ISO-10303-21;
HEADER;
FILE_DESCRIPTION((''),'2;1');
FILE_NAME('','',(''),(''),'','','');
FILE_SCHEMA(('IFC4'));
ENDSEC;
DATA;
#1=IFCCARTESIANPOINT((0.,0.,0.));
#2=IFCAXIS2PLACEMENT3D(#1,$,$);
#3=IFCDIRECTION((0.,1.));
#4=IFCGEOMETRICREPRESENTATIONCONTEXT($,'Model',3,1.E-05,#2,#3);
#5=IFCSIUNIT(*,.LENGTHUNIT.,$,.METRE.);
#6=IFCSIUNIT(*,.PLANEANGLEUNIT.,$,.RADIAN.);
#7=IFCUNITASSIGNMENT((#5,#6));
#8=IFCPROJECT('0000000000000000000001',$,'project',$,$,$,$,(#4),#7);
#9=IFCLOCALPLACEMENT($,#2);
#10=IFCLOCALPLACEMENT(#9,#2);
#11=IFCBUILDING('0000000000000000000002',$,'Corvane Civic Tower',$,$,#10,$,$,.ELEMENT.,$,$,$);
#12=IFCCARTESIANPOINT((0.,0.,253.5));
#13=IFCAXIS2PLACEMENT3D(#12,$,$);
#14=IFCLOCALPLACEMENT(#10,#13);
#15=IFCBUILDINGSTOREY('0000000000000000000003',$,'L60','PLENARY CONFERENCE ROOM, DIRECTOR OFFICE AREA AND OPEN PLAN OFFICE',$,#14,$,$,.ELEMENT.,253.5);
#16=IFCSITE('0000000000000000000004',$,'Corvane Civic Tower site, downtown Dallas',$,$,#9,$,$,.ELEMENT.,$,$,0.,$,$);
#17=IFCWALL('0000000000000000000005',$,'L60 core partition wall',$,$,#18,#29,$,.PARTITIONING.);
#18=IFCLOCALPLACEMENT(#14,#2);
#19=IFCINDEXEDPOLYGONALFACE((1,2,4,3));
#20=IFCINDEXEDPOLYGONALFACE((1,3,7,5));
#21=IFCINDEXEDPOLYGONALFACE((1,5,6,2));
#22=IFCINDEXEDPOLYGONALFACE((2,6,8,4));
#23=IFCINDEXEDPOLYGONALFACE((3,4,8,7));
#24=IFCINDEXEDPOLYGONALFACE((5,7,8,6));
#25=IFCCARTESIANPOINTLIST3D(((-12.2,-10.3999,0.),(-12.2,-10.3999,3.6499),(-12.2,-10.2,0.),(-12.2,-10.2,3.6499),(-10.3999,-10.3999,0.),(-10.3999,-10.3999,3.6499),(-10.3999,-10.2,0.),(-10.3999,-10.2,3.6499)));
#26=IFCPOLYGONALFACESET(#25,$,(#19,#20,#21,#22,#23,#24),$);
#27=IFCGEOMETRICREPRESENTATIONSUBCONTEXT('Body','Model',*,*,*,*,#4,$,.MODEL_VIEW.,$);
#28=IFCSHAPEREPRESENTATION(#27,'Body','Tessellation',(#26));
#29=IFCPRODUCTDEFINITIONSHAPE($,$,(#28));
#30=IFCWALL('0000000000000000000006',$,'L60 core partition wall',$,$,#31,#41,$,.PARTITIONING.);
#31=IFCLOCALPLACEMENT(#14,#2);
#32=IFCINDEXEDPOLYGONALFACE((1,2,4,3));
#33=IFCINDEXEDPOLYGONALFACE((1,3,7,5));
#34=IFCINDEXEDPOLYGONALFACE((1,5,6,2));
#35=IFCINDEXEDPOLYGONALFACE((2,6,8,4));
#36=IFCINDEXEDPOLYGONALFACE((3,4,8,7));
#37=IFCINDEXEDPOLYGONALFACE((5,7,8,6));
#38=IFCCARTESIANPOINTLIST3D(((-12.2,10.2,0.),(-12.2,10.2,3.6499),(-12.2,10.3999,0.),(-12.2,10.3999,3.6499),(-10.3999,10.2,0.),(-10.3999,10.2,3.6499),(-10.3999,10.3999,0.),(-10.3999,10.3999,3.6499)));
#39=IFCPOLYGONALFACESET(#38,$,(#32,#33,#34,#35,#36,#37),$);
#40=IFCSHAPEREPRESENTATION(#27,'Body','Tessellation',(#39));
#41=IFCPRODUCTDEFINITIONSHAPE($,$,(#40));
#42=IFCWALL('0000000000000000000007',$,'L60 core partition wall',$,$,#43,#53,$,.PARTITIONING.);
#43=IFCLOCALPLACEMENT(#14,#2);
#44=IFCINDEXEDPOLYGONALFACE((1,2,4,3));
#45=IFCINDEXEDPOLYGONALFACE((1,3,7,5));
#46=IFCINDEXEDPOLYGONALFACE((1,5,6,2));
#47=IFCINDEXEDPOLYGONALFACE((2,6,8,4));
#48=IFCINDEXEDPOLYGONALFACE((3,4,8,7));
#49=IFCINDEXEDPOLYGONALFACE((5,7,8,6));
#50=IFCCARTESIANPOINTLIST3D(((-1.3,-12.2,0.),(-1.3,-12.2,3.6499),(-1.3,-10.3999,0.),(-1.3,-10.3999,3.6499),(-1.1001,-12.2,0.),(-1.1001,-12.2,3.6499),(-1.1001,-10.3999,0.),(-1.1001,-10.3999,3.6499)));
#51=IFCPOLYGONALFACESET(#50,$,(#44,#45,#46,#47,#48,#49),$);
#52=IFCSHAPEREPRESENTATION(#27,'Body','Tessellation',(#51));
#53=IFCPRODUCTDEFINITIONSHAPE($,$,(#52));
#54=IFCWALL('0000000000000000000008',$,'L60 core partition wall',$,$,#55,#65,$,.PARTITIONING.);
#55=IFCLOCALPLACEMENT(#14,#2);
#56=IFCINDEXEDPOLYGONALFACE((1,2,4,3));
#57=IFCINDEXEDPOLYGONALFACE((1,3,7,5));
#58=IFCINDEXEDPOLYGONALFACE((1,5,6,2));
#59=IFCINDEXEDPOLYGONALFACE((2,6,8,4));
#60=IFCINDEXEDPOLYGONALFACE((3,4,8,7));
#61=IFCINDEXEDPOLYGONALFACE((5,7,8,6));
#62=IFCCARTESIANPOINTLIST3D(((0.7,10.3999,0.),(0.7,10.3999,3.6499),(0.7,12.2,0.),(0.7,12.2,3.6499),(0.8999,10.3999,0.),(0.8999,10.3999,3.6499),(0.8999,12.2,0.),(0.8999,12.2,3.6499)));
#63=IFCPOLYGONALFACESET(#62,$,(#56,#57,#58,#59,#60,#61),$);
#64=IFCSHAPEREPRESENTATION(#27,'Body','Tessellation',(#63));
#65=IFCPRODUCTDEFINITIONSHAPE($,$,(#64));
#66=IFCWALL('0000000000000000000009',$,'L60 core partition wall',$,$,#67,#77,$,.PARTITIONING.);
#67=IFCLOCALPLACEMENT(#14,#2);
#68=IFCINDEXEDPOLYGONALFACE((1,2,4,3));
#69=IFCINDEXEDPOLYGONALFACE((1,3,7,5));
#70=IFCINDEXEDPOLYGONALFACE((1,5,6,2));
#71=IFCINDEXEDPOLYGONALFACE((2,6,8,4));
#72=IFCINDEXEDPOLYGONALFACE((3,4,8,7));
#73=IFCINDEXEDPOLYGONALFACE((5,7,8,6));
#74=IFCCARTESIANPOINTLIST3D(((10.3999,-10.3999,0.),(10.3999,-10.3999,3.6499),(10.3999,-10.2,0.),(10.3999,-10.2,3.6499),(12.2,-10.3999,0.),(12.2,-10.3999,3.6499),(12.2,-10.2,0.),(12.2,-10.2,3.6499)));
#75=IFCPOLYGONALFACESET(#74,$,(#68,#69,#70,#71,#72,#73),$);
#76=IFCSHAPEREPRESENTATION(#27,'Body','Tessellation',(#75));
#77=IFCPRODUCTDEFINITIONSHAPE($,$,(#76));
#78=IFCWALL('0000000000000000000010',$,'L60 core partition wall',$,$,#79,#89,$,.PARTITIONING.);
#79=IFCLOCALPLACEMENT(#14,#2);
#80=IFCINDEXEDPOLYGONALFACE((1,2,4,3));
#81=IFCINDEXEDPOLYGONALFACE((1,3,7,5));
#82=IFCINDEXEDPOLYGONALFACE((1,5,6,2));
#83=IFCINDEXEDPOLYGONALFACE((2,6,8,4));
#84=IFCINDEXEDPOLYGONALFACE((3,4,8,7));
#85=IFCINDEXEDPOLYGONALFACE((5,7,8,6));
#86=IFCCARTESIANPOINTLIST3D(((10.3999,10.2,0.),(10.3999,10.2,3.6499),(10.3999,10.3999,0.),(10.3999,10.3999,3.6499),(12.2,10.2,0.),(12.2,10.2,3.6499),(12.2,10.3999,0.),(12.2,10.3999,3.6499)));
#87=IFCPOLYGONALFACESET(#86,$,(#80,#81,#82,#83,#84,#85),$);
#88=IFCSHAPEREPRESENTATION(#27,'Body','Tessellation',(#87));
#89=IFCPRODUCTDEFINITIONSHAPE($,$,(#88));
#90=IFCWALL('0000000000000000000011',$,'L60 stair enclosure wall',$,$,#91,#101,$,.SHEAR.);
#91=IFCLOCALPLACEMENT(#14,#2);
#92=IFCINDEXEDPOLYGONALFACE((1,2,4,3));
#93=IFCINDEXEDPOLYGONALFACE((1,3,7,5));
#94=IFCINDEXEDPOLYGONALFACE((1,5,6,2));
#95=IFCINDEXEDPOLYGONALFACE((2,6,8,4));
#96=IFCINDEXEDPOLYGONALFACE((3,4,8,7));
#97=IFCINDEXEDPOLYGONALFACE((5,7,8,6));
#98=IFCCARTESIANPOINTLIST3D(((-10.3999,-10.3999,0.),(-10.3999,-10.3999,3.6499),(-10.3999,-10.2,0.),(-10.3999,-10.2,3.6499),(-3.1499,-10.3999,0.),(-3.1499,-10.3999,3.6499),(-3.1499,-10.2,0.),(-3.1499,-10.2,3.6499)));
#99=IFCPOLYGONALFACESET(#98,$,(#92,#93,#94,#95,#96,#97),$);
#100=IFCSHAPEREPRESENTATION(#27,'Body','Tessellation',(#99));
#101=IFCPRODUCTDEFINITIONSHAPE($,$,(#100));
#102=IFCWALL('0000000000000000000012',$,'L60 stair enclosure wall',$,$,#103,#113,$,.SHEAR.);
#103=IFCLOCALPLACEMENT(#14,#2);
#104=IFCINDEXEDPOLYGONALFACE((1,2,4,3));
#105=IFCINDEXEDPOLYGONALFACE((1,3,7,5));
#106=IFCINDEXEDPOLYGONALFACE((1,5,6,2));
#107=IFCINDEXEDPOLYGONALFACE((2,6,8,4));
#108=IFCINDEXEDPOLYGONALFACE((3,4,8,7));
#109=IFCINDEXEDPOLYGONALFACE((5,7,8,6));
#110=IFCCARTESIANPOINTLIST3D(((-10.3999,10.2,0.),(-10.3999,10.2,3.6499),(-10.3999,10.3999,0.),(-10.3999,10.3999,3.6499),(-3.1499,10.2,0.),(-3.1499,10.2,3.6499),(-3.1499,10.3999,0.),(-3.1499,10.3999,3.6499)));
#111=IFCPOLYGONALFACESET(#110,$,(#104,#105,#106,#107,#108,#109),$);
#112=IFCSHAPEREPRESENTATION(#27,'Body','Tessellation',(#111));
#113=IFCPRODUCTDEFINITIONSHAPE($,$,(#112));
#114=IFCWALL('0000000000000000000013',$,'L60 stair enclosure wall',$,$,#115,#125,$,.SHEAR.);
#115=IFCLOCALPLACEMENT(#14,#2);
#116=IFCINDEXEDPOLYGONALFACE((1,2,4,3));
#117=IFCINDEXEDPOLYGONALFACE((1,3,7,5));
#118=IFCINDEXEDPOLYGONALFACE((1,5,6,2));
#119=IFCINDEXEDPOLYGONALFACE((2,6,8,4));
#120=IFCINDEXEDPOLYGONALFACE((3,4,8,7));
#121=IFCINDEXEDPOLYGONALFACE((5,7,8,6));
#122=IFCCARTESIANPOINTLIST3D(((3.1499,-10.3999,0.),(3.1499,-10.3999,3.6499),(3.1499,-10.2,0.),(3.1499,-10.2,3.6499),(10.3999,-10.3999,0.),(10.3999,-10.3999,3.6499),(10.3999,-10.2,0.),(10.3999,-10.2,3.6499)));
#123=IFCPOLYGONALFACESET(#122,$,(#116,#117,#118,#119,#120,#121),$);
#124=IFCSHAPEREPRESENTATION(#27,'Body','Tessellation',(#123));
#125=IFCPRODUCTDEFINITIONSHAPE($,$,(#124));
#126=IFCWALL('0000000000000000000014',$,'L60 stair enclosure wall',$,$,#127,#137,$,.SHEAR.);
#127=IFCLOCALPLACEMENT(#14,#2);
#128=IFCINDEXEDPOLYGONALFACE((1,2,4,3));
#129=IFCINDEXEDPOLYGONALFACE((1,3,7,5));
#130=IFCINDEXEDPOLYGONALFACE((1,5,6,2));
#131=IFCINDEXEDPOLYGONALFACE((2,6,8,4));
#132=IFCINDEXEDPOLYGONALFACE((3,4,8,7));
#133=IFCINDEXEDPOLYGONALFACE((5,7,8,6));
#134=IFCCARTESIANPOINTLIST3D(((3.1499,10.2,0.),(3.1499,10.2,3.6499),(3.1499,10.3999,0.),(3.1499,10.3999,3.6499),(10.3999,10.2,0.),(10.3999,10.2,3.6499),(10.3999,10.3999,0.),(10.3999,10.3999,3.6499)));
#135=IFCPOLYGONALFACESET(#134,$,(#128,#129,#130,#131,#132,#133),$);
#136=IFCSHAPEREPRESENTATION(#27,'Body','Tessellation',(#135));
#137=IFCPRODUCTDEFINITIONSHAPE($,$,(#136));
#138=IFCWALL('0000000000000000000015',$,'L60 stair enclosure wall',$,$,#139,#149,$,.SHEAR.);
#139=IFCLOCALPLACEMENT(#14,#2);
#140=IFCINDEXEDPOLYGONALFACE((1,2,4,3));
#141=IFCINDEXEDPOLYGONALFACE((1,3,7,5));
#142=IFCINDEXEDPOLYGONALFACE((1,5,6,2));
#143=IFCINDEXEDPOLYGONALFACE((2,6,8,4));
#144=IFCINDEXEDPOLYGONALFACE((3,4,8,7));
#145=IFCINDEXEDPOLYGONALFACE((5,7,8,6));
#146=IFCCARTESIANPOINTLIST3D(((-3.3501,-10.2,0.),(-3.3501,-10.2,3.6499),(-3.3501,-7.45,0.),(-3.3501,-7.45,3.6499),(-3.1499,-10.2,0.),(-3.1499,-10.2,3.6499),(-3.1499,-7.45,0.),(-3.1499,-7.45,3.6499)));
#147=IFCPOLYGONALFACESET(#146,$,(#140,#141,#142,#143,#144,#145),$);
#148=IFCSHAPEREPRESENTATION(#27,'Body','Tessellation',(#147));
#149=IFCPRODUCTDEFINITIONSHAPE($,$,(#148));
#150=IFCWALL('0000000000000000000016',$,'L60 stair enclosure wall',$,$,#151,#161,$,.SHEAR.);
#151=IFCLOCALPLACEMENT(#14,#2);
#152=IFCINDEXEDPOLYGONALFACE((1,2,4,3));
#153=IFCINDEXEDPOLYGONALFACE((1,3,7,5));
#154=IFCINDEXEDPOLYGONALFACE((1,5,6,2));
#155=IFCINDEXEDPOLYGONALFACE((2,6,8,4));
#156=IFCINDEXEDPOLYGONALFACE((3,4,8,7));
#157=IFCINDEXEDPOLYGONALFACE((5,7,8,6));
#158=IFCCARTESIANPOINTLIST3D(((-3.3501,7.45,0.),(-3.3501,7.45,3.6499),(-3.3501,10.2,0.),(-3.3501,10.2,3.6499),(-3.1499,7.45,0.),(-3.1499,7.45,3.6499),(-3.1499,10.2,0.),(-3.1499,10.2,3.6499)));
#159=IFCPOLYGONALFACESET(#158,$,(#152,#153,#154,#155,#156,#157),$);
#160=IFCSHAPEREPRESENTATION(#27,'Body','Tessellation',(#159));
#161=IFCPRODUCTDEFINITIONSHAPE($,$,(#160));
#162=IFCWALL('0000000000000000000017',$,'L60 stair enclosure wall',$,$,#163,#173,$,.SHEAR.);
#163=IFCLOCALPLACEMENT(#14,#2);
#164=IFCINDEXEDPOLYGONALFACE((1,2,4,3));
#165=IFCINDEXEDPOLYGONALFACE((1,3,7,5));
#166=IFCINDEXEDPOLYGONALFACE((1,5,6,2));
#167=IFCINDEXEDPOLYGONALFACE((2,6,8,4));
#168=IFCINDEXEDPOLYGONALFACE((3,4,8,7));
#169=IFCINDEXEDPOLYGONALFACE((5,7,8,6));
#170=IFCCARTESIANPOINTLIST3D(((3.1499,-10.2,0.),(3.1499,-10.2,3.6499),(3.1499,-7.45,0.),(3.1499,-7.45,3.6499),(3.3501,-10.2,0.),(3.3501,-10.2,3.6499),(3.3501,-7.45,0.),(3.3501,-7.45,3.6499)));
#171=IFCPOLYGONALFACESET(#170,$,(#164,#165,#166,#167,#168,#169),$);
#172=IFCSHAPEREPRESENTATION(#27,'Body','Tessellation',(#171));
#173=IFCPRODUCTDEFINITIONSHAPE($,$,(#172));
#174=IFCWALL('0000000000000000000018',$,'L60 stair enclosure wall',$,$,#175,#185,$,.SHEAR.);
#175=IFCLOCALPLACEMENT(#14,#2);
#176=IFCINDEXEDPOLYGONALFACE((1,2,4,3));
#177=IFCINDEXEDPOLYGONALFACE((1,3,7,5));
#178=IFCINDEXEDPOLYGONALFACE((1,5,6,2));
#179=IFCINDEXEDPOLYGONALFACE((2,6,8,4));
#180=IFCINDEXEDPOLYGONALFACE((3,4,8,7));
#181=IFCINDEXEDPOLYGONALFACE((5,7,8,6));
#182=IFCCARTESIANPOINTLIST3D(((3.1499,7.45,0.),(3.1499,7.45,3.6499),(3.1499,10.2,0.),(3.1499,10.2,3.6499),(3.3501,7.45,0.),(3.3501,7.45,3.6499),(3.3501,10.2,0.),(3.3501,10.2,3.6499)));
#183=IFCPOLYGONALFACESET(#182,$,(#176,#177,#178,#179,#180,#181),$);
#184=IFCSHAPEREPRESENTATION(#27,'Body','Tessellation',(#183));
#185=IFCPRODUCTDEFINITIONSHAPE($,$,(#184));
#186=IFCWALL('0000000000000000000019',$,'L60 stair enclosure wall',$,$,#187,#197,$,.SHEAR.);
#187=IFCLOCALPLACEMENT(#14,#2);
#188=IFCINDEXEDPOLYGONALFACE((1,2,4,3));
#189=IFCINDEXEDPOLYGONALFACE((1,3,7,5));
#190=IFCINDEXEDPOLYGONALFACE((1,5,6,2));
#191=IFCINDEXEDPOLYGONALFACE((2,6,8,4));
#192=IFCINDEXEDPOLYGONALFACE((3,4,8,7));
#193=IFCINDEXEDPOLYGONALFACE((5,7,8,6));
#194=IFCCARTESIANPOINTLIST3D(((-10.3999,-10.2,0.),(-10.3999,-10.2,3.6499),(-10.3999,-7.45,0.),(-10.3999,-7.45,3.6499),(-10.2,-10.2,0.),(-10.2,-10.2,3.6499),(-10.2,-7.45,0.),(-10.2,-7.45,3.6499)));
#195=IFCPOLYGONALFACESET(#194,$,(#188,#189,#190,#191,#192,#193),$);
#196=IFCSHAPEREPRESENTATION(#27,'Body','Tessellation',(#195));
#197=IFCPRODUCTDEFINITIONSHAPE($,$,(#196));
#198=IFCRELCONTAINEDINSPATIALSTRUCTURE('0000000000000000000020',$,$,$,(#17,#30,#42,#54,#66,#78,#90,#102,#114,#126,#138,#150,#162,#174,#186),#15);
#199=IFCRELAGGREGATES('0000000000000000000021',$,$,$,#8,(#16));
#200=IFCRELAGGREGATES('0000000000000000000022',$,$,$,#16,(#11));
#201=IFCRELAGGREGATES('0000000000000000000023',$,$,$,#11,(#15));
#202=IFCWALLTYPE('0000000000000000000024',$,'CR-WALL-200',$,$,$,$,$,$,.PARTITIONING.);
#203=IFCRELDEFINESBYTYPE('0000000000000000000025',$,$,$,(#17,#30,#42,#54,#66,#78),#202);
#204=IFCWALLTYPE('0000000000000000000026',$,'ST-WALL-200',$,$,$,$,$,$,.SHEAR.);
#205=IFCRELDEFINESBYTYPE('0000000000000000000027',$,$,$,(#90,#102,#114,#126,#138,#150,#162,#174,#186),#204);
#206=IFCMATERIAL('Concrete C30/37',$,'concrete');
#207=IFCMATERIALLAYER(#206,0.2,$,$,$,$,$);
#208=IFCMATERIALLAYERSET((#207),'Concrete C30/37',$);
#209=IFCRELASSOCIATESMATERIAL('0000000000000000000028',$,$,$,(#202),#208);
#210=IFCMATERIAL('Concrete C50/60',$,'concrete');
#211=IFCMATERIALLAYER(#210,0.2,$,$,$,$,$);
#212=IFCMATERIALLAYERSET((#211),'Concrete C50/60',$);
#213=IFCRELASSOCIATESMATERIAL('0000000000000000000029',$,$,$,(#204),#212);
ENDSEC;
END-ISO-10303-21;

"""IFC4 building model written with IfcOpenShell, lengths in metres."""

from ifc_helpers import new_model, si_unit, direction, frame, origin, place, context, subcontext, project, spatial, polyline, outline, extrude, material, layer, layer_set, type_object, element, save


model = new_model("IFC4")

# Units and contexts
model_context = context("Model", 3, precision=1e-05, world=origin(), true_north=direction((0.0, 1.0)))
body_context = subcontext(model_context, "Body", "Model", "MODEL_VIEW")
ifc_project = project(units=[si_unit("LENGTHUNIT", "METRE"), si_unit("PLANEANGLEUNIT", "RADIAN")], contexts=[model_context])

# Site, building, storey
site_placement = place(None, origin())
site = spatial("IfcSite", under=ifc_project, at=site_placement, Name="Corvane Civic Tower site, downtown Dallas", CompositionType="ELEMENT", RefElevation=0.0)
building_placement = place(site_placement, origin())
building = spatial("IfcBuilding", under=site, at=building_placement, Name="Corvane Civic Tower", CompositionType="ELEMENT")
storey_placement = place(building_placement, frame((0.0, 0.0, 253.5)))
storey = spatial("IfcBuildingStorey", under=building, at=storey_placement, Name="L60", Description="PLENARY CONFERENCE ROOM, DIRECTOR OFFICE AREA AND OPEN PLAN OFFICE", CompositionType="ELEMENT", Elevation=253.5)

# Walls
ifc_material_1 = material(Name="Concrete C30/37", Category="concrete")
ifc_layer_1 = layer(ifc_material_1, 0.2)
ifc_layer_set_1 = layer_set([ifc_layer_1], Name="Concrete C30/37")
wall_type_1 = type_object("IfcWallType", Name="CR-WALL-200", PredefinedType="PARTITIONING", material=ifc_layer_set_1)
wall_1_placement = place(storey_placement, origin())
element("IfcWall", 1, at=wall_1_placement, inside=storey, type_object=wall_type_1, Name="L60 core partition wall", PredefinedType="PARTITIONING", context=body_context, shape_type="SweptSolid", body=[
    extrude(outline(polyline([(-10.3999, -10.3999), (-12.2, -10.3999), (-12.2, -10.2), (-10.3999, -10.2), (-10.3999, -10.3999)])), origin(), (0.0, 0.0, 1.0), 3.6499),
])
wall_2_placement = place(storey_placement, origin())
element("IfcWall", 2, at=wall_2_placement, inside=storey, type_object=wall_type_1, Name="L60 core partition wall", PredefinedType="PARTITIONING", context=body_context, shape_type="SweptSolid", body=[
    extrude(outline(polyline([(-12.2, 10.2), (-12.2, 10.3999), (-10.3999, 10.3999), (-10.3999, 10.2), (-12.2, 10.2)])), origin(), (0.0, 0.0, 1.0), 3.6499),
])
wall_3_placement = place(storey_placement, origin())
element("IfcWall", 3, at=wall_3_placement, inside=storey, type_object=wall_type_1, Name="L60 core partition wall", PredefinedType="PARTITIONING", context=body_context, shape_type="SweptSolid", body=[
    extrude(outline(polyline([(-1.1001, -12.2), (-1.3, -12.2), (-1.3, -10.3999), (-1.1001, -10.3999), (-1.1001, -12.2)])), origin(), (0.0, 0.0, 1.0), 3.6499),
])
wall_4_placement = place(storey_placement, origin())
element("IfcWall", 4, at=wall_4_placement, inside=storey, type_object=wall_type_1, Name="L60 core partition wall", PredefinedType="PARTITIONING", context=body_context, shape_type="SweptSolid", body=[
    extrude(outline(polyline([(0.8999, 12.2), (0.8999, 10.3999), (0.7, 10.3999), (0.7, 12.2), (0.8999, 12.2)])), origin(), (0.0, 0.0, 1.0), 3.6499),
])
wall_5_placement = place(storey_placement, origin())
element("IfcWall", 5, at=wall_5_placement, inside=storey, type_object=wall_type_1, Name="L60 core partition wall", PredefinedType="PARTITIONING", context=body_context, shape_type="SweptSolid", body=[
    extrude(outline(polyline([(10.3999, -10.3999), (10.3999, -10.2), (12.2, -10.2), (12.2, -10.3999), (10.3999, -10.3999)])), origin(), (0.0, 0.0, 1.0), 3.6499),
])
wall_6_placement = place(storey_placement, origin())
element("IfcWall", 6, at=wall_6_placement, inside=storey, type_object=wall_type_1, Name="L60 core partition wall", PredefinedType="PARTITIONING", context=body_context, shape_type="SweptSolid", body=[
    extrude(outline(polyline([(10.3999, 10.2), (10.3999, 10.3999), (12.2, 10.3999), (12.2, 10.2), (10.3999, 10.2)])), origin(), (0.0, 0.0, 1.0), 3.6499),
])
ifc_material_2 = material(Name="Concrete C50/60", Category="concrete")
ifc_layer_2 = layer(ifc_material_2, 0.2)
ifc_layer_set_2 = layer_set([ifc_layer_2], Name="Concrete C50/60")
wall_type_2 = type_object("IfcWallType", Name="ST-WALL-200", PredefinedType="SHEAR", material=ifc_layer_set_2)
wall_7_placement = place(storey_placement, origin())
element("IfcWall", 7, at=wall_7_placement, inside=storey, type_object=wall_type_2, Name="L60 stair enclosure wall", PredefinedType="SHEAR", context=body_context, shape_type="SweptSolid", body=[
    extrude(outline(polyline([(-3.1499, -10.2), (-3.1499, -10.3999), (-10.3999, -10.3999), (-10.3999, -10.2), (-3.1499, -10.2)])), origin(), (0.0, 0.0, 1.0), 3.6499),
])
wall_8_placement = place(storey_placement, origin())
element("IfcWall", 8, at=wall_8_placement, inside=storey, type_object=wall_type_2, Name="L60 stair enclosure wall", PredefinedType="SHEAR", context=body_context, shape_type="SweptSolid", body=[
    extrude(outline(polyline([(-3.1499, 10.2), (-10.3999, 10.2), (-10.3999, 10.3999), (-3.1499, 10.3999), (-3.1499, 10.2)])), origin(), (0.0, 0.0, 1.0), 3.6499),
])
wall_9_placement = place(storey_placement, origin())
element("IfcWall", 9, at=wall_9_placement, inside=storey, type_object=wall_type_2, Name="L60 stair enclosure wall", PredefinedType="SHEAR", context=body_context, shape_type="SweptSolid", body=[
    extrude(outline(polyline([(10.3999, -10.3999), (3.1499, -10.3999), (3.1499, -10.2), (10.3999, -10.2), (10.3999, -10.3999)])), origin(), (0.0, 0.0, 1.0), 3.6499),
])
wall_10_placement = place(storey_placement, origin())
element("IfcWall", 10, at=wall_10_placement, inside=storey, type_object=wall_type_2, Name="L60 stair enclosure wall", PredefinedType="SHEAR", context=body_context, shape_type="SweptSolid", body=[
    extrude(outline(polyline([(10.3999, 10.2), (3.1499, 10.2), (3.1499, 10.3999), (10.3999, 10.3999), (10.3999, 10.2)])), origin(), (0.0, 0.0, 1.0), 3.6499),
])
wall_11_placement = place(storey_placement, origin())
element("IfcWall", 11, at=wall_11_placement, inside=storey, type_object=wall_type_2, Name="L60 stair enclosure wall", PredefinedType="SHEAR", context=body_context, shape_type="SweptSolid", body=[
    extrude(outline(polyline([(-3.1499, -7.45), (-3.1499, -10.2), (-3.3501, -10.2), (-3.3501, -7.45), (-3.1499, -7.45)])), origin(), (0.0, 0.0, 1.0), 3.6499),
])
wall_12_placement = place(storey_placement, origin())
element("IfcWall", 12, at=wall_12_placement, inside=storey, type_object=wall_type_2, Name="L60 stair enclosure wall", PredefinedType="SHEAR", context=body_context, shape_type="SweptSolid", body=[
    extrude(outline(polyline([(-3.1499, 7.45), (-3.3501, 7.45), (-3.3501, 10.2), (-3.1499, 10.2), (-3.1499, 7.45)])), origin(), (0.0, 0.0, 1.0), 3.6499),
])
wall_13_placement = place(storey_placement, origin())
element("IfcWall", 13, at=wall_13_placement, inside=storey, type_object=wall_type_2, Name="L60 stair enclosure wall", PredefinedType="SHEAR", context=body_context, shape_type="SweptSolid", body=[
    extrude(outline(polyline([(3.3501, -7.45), (3.3501, -10.2), (3.1499, -10.2), (3.1499, -7.45), (3.3501, -7.45)])), origin(), (0.0, 0.0, 1.0), 3.6499),
])
wall_14_placement = place(storey_placement, origin())
element("IfcWall", 14, at=wall_14_placement, inside=storey, type_object=wall_type_2, Name="L60 stair enclosure wall", PredefinedType="SHEAR", context=body_context, shape_type="SweptSolid", body=[
    extrude(outline(polyline([(3.3501, 7.45), (3.1499, 7.45), (3.1499, 10.2), (3.3501, 10.2), (3.3501, 7.45)])), origin(), (0.0, 0.0, 1.0), 3.6499),
])
wall_15_placement = place(storey_placement, origin())
element("IfcWall", 15, at=wall_15_placement, inside=storey, type_object=wall_type_2, Name="L60 stair enclosure wall", PredefinedType="SHEAR", context=body_context, shape_type="SweptSolid", body=[
    extrude(outline(polyline([(-10.2, -7.45), (-10.2, -10.2), (-10.3999, -10.2), (-10.3999, -7.45), (-10.2, -7.45)])), origin(), (0.0, 0.0, 1.0), 3.6499),
])

save(model, "model.ifc")
